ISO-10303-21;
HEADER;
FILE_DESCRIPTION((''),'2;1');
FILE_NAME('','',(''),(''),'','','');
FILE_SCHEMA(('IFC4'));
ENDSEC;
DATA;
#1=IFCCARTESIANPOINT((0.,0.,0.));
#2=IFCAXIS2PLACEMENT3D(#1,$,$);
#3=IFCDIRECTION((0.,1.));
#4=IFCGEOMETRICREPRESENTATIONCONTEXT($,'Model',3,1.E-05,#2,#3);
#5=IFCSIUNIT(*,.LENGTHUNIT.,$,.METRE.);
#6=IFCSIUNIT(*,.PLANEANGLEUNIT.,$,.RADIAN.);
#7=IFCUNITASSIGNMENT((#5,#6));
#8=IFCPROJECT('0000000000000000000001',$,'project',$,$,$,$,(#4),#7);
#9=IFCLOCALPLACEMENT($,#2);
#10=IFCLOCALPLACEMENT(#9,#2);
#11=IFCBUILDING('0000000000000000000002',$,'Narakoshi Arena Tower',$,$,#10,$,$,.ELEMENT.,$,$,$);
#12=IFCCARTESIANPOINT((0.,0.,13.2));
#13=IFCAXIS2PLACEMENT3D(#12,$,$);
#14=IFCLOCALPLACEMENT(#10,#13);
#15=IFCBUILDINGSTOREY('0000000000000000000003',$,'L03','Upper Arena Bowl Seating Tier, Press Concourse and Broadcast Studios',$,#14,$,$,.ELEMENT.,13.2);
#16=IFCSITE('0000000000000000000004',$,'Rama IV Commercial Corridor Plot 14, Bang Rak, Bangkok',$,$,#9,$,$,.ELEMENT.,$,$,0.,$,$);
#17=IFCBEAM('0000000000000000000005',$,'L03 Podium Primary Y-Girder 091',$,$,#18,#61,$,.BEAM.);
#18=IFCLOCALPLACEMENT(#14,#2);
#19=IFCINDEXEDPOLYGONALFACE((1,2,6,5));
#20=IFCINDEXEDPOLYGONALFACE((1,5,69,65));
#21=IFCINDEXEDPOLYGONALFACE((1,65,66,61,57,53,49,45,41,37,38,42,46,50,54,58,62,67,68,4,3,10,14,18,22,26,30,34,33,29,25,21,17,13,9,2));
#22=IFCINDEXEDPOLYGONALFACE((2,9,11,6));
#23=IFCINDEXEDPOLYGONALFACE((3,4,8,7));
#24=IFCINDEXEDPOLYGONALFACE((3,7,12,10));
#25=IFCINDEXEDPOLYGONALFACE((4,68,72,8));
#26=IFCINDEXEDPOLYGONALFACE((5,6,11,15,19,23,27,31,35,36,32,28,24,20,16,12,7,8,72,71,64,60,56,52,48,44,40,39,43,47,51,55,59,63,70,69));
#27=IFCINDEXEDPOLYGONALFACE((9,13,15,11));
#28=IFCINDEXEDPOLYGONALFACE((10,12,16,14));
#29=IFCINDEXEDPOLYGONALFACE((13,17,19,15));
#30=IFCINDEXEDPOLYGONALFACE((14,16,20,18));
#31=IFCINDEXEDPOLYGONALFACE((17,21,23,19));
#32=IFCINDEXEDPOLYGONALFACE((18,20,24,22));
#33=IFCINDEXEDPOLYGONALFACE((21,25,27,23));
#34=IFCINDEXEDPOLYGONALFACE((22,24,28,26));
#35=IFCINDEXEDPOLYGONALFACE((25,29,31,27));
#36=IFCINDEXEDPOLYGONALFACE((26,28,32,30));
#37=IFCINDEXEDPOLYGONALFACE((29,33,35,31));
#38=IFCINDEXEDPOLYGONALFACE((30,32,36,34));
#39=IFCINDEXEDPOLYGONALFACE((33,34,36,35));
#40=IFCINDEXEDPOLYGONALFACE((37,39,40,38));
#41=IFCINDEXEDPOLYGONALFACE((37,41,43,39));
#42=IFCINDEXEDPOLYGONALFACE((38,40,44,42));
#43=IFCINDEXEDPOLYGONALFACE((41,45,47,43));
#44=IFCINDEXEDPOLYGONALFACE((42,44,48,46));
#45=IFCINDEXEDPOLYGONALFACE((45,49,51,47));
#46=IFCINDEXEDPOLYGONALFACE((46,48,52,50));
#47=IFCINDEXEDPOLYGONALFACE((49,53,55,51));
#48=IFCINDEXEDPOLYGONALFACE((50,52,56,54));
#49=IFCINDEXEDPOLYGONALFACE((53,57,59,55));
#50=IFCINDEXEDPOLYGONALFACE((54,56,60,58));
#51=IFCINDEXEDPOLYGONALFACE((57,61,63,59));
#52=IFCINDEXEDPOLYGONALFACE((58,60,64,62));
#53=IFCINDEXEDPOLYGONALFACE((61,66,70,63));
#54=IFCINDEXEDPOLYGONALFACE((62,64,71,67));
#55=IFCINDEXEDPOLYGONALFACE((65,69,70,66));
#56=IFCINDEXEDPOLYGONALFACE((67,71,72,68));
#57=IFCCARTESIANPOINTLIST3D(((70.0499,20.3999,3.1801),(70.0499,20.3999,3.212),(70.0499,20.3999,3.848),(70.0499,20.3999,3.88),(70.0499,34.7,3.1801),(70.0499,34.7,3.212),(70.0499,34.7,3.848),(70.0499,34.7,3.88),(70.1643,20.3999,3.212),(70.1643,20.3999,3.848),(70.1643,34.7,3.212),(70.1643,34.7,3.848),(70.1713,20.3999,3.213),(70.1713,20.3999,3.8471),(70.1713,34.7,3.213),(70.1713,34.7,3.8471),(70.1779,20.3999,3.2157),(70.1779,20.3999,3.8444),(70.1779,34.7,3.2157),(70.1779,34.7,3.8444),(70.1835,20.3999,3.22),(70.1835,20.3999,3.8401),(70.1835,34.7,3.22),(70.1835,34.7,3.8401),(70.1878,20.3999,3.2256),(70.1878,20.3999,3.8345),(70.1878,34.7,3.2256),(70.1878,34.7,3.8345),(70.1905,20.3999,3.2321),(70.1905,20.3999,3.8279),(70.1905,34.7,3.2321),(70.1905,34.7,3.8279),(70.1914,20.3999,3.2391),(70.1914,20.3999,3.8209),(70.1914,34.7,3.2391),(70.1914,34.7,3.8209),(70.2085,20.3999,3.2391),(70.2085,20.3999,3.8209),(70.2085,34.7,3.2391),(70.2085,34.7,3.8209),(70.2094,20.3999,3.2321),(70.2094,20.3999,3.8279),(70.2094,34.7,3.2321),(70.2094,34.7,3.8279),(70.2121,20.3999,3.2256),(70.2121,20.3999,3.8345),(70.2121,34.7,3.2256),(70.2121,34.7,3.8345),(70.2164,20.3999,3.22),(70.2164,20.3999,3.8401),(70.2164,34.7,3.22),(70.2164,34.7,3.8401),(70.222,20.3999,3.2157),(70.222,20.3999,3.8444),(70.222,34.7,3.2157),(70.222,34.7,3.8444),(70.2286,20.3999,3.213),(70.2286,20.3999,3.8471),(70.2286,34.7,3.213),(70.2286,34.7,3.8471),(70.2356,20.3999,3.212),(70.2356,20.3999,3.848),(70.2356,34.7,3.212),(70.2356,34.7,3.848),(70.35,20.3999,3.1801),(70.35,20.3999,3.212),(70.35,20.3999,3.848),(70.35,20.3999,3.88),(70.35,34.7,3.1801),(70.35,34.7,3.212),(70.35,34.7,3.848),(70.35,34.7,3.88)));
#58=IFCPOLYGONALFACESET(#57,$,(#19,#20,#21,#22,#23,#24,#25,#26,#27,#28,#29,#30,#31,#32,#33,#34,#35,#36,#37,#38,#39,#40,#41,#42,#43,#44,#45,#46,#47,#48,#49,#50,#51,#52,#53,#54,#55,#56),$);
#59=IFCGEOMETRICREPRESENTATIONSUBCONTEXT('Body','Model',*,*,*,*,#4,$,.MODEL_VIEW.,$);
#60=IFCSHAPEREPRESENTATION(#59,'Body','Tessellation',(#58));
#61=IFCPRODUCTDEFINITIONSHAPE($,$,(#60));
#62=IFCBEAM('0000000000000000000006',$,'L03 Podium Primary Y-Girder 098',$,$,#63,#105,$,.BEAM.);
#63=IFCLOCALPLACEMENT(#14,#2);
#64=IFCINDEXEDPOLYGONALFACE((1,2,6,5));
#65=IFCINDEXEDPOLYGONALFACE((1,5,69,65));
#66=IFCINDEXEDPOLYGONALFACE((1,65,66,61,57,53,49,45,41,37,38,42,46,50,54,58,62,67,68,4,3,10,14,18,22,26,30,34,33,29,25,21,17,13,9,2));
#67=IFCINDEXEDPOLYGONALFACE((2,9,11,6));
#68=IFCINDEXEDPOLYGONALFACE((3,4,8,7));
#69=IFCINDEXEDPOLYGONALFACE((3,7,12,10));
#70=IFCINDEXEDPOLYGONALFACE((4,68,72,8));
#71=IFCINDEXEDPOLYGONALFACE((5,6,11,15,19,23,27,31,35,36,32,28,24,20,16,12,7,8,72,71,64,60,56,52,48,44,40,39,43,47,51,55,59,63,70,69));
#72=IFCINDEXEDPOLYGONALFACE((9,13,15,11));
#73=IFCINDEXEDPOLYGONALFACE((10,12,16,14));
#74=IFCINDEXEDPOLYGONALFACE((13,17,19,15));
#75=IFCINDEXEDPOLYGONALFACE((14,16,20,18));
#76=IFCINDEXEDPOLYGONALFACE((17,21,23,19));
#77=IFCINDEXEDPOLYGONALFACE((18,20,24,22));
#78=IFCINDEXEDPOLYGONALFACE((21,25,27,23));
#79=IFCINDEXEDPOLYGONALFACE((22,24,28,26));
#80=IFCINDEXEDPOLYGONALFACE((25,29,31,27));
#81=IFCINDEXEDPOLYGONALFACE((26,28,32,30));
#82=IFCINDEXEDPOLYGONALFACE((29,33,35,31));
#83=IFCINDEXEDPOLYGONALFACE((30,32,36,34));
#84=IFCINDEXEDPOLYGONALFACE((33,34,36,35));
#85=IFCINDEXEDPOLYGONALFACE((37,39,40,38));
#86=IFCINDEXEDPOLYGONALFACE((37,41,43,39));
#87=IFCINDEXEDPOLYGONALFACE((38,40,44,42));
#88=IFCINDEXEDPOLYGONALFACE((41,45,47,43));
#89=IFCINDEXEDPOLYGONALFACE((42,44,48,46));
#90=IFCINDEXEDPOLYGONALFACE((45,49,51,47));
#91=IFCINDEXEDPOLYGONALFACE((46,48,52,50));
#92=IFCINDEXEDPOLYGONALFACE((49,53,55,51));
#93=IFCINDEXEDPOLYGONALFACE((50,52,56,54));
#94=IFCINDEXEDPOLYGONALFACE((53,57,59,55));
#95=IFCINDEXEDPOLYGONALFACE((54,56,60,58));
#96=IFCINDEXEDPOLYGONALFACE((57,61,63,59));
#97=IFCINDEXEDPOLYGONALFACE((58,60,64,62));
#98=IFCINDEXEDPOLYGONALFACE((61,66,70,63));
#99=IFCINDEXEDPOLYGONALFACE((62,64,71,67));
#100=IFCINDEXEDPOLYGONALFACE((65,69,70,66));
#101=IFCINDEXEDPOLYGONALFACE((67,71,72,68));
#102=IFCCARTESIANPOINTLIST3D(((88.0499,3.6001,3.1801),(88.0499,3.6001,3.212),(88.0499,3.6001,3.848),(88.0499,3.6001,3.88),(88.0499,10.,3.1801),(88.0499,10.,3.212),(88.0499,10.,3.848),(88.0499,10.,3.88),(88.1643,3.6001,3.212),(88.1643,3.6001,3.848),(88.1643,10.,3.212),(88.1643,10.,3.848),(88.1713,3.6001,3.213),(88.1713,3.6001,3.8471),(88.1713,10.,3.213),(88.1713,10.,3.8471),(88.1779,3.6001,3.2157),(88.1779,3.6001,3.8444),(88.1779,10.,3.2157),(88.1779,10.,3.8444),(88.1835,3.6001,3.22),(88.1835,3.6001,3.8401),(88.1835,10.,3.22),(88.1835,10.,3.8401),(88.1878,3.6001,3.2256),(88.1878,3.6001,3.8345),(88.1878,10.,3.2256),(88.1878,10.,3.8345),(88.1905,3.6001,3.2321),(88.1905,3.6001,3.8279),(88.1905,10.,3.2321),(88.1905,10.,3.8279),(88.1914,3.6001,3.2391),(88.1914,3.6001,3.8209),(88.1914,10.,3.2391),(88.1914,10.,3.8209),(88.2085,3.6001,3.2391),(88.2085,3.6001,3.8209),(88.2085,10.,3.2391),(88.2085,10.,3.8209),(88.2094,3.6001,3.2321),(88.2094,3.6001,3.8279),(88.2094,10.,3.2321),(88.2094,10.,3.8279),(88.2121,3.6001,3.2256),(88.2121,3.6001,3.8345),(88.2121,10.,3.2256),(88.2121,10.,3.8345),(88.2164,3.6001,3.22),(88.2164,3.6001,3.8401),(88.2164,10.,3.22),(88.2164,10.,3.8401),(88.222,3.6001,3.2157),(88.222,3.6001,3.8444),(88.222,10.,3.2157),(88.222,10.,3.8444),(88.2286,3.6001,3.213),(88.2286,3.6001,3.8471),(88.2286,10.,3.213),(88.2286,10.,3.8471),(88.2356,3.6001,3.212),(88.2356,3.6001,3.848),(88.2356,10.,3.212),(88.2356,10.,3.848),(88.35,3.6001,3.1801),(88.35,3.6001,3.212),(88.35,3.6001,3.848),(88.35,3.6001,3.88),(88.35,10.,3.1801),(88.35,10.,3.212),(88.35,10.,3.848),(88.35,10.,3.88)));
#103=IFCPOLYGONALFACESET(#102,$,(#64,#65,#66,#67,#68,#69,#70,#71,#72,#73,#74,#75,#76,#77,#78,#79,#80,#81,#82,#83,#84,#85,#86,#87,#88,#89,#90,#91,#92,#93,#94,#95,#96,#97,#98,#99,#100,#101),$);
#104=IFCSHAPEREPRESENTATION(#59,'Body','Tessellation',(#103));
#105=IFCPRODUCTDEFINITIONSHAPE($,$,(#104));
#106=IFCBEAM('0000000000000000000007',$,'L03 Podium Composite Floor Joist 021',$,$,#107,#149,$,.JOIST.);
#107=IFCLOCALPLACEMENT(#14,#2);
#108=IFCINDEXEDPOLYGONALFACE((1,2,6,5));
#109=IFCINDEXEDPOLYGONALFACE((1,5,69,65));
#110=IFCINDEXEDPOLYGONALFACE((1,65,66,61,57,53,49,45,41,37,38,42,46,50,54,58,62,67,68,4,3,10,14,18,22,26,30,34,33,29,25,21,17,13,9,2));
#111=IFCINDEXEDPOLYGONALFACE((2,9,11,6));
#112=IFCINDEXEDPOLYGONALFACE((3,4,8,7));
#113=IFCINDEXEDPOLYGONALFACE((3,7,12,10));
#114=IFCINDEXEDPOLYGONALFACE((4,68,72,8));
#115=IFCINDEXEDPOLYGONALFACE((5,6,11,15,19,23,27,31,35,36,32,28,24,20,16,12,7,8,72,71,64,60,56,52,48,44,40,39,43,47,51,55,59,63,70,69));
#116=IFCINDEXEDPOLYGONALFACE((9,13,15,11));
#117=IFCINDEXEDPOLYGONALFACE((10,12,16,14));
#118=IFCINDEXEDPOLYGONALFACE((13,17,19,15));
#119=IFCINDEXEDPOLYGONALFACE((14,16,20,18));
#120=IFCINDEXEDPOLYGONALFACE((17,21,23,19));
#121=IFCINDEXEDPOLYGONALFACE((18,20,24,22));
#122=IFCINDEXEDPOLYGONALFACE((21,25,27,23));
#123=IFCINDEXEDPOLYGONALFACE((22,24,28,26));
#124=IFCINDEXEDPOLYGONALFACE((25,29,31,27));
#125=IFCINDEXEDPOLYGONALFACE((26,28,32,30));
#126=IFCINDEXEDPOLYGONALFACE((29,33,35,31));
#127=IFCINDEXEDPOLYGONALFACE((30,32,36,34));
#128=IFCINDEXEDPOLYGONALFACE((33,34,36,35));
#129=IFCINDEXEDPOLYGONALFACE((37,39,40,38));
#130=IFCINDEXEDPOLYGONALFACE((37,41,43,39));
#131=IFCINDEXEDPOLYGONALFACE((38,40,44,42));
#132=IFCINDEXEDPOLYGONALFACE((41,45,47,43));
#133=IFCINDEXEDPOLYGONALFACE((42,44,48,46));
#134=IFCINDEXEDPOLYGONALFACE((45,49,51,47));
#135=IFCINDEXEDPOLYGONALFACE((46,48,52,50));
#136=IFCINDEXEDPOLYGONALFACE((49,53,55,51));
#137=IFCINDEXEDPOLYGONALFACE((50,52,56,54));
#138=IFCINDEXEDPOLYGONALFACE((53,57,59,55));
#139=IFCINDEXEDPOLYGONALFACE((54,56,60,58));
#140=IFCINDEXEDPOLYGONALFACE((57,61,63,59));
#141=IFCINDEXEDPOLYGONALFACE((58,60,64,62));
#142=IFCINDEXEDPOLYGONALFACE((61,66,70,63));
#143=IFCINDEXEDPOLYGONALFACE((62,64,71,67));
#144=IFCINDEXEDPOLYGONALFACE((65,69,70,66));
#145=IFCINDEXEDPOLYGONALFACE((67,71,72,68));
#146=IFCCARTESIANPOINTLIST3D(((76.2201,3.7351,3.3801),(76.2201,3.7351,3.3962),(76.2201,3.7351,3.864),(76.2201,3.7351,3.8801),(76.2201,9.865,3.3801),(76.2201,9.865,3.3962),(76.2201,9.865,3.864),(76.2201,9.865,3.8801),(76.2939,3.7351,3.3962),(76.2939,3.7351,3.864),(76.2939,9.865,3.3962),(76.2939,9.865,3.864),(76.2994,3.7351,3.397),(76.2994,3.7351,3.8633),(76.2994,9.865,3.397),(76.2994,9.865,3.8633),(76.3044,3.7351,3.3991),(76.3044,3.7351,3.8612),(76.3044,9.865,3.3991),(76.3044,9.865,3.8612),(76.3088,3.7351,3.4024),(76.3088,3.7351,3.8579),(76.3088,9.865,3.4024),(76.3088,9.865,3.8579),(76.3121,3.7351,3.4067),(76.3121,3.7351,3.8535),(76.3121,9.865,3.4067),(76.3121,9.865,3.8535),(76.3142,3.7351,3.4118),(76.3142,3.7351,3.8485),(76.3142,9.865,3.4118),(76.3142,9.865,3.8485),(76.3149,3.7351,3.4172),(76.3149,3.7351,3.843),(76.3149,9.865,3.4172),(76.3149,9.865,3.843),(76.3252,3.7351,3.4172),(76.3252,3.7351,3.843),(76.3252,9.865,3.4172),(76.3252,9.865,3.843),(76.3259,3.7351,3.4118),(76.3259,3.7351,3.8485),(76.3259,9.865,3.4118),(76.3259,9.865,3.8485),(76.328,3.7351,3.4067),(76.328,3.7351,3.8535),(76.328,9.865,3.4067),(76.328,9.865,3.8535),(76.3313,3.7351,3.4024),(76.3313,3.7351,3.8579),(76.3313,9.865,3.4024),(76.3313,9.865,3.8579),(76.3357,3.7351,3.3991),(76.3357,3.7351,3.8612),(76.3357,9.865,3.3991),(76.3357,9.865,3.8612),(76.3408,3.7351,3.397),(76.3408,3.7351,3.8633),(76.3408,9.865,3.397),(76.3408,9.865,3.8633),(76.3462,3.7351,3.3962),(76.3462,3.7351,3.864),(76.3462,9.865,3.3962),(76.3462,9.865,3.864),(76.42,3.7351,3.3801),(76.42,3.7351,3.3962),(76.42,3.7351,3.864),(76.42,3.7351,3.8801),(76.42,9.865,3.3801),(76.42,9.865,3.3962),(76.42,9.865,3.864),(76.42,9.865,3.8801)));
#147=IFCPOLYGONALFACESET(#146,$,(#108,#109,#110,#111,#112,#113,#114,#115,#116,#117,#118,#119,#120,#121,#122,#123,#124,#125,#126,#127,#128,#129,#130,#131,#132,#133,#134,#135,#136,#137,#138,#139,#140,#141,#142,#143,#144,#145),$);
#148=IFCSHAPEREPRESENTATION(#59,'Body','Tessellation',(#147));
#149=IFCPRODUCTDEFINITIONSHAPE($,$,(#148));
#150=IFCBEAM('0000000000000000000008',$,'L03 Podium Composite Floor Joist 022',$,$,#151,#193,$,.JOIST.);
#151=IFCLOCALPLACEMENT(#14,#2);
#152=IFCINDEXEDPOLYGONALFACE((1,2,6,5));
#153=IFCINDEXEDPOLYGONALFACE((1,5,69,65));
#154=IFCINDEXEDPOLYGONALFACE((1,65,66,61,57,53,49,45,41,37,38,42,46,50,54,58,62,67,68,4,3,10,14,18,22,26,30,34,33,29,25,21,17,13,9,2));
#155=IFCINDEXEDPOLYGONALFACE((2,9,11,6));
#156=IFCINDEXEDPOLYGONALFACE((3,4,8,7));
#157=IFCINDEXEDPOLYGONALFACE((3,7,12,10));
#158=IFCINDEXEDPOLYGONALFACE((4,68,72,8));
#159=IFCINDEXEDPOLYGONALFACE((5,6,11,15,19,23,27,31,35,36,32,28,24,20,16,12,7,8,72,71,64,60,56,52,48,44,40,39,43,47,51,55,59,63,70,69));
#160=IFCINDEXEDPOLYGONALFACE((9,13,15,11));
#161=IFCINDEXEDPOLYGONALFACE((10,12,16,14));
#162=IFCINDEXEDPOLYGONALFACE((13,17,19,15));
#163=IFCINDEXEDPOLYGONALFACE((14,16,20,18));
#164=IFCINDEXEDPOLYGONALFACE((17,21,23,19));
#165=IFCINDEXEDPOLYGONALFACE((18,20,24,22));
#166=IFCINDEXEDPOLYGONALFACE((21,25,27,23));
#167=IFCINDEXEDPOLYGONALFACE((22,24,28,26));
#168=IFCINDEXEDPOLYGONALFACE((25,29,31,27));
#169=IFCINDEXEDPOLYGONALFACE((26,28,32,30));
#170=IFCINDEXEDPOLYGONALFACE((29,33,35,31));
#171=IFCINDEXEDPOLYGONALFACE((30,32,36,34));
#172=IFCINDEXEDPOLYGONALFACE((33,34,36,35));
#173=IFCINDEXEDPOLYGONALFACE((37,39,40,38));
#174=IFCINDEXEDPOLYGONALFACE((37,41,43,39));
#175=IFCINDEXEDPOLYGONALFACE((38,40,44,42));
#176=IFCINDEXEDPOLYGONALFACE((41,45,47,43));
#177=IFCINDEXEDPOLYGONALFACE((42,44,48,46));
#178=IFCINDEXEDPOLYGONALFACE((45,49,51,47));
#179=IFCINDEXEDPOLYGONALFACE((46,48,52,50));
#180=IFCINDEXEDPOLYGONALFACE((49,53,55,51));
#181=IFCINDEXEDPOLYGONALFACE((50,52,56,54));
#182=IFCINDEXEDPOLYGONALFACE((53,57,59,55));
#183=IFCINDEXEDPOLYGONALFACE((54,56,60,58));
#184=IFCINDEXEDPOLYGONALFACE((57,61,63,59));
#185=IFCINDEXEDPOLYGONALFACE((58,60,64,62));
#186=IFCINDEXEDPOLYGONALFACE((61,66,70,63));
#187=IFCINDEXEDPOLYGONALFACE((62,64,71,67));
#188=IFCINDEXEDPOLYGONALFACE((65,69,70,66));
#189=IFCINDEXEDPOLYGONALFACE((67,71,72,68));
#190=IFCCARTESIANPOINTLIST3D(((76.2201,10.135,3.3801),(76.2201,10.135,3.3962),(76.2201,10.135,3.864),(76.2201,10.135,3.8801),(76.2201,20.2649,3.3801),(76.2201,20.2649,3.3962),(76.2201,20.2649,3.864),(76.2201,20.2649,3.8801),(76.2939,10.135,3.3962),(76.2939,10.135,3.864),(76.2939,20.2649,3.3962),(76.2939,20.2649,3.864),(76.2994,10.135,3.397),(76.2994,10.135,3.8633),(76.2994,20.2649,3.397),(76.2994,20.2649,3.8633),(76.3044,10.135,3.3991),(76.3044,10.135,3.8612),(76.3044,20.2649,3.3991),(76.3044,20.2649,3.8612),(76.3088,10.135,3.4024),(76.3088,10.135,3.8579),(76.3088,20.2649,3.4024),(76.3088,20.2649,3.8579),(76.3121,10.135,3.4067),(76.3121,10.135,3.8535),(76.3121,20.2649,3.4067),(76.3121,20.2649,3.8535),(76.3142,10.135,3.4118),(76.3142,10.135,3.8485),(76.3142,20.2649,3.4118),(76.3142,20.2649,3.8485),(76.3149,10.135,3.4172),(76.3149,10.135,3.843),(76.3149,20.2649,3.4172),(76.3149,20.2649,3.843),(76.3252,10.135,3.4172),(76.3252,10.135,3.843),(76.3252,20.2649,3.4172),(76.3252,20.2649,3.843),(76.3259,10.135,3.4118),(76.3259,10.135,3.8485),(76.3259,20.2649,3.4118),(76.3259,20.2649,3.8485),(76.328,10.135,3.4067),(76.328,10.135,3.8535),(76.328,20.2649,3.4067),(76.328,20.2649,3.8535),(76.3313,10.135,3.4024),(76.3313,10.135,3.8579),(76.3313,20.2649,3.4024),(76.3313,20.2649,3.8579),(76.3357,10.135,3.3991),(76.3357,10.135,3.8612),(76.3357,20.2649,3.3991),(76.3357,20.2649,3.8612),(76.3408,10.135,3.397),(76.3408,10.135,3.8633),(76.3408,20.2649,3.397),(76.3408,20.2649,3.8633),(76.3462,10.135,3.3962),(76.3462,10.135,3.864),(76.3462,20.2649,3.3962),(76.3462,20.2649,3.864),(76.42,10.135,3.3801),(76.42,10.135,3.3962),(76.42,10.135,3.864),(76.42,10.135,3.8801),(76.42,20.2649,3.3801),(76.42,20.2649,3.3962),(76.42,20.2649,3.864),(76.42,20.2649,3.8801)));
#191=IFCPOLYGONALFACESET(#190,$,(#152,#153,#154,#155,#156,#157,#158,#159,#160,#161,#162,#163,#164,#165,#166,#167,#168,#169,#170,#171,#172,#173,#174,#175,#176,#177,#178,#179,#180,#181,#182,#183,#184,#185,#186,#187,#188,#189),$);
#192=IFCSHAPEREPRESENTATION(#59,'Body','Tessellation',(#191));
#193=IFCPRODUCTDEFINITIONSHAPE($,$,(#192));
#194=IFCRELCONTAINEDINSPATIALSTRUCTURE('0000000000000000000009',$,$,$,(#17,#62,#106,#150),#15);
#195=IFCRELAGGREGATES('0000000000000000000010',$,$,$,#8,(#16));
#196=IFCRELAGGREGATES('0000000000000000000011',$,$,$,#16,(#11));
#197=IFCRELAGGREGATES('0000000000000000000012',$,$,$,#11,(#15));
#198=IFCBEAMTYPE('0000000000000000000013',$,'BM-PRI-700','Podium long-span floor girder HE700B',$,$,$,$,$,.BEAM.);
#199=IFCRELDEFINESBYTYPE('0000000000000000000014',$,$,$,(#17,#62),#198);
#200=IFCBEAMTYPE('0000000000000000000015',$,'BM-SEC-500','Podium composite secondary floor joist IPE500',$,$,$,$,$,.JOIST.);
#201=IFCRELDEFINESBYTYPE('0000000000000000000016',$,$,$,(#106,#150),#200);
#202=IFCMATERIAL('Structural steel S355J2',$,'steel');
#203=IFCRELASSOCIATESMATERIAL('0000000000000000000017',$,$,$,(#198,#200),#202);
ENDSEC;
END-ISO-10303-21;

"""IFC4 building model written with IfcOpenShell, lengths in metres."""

from ifc_helpers import new_model, si_unit, direction, frame, origin, origin_2d, place, context, subcontext, project, spatial, i_section, extrude, material, material_profile, profile_set, type_object, element, save


model = new_model("IFC4")

# Units and contexts
model_context = context("Model", 3, precision=1e-05, world=origin(), true_north=direction((0.0, 1.0)))
body_context = subcontext(model_context, "Body", "Model", "MODEL_VIEW")
ifc_project = project(units=[si_unit("LENGTHUNIT", "METRE"), si_unit("PLANEANGLEUNIT", "RADIAN")], contexts=[model_context])

# Site, building, storey
site_placement = place(None, origin())
site = spatial("IfcSite", under=ifc_project, at=site_placement, Name="Rama IV Commercial Corridor Plot 14, Bang Rak, Bangkok", CompositionType="ELEMENT", RefElevation=0.0)
building_placement = place(site_placement, origin())
building = spatial("IfcBuilding", under=site, at=building_placement, Name="Narakoshi Arena Tower", CompositionType="ELEMENT")
storey_placement = place(building_placement, frame((0.0, 0.0, 13.2)))
storey = spatial("IfcBuildingStorey", under=building, at=storey_placement, Name="L03", Description="Upper Arena Bowl Seating Tier, Press Concourse and Broadcast Studios", CompositionType="ELEMENT", Elevation=13.2)

# Beams
ifc_material_1 = material(Name="Structural steel S355J2", Category="steel")
ifc_material_profile_1 = material_profile(ifc_material_1, i_section(OverallWidth=0.3, OverallDepth=0.7, WebThickness=0.0171, FlangeThickness=0.032, FilletRadius=0.0271, at=origin_2d()), Name="HE700B")
ifc_profile_set_1 = profile_set([ifc_material_profile_1], Name="Structural steel S355J2")
beam_type_1 = type_object("IfcBeamType", Name="BM-PRI-700", Description="Podium long-span floor girder HE700B", PredefinedType="BEAM", material=ifc_profile_set_1)
beam_1_placement = place(storey_placement, frame((70.2, 20.3999, 3.53), z_axis=(0.0, 1.0, 0.0), x_axis=(-1.0, 0.0, 0.0)))
element("IfcBeam", 1, at=beam_1_placement, inside=storey, type_object=beam_type_1, Name="L03 Podium Primary Y-Girder 091", PredefinedType="BEAM", context=body_context, shape_type="SweptSolid", body=[
    extrude(i_section(OverallWidth=0.3, OverallDepth=0.7, WebThickness=0.0171, FlangeThickness=0.032, FilletRadius=0.0271, at=origin_2d()), origin(), (0.0, 0.0, 1.0), 14.3),
])
beam_2_placement = place(storey_placement, frame((88.2, 3.6001, 3.53), z_axis=(0.0, 1.0, 0.0), x_axis=(-1.0, 0.0, 0.0)))
element("IfcBeam", 2, at=beam_2_placement, inside=storey, type_object=beam_type_1, Name="L03 Podium Primary Y-Girder 098", PredefinedType="BEAM", context=body_context, shape_type="SweptSolid", body=[
    extrude(i_section(OverallWidth=0.3, OverallDepth=0.7, WebThickness=0.0171, FlangeThickness=0.032, FilletRadius=0.0271, at=origin_2d()), origin(), (0.0, 0.0, 1.0), 6.3999),
])
ifc_material_profile_2 = material_profile(ifc_material_1, i_section(OverallWidth=0.2, OverallDepth=0.5, WebThickness=0.0103, FlangeThickness=0.0161, FilletRadius=0.021, at=origin_2d()), Name="IPE500")
ifc_profile_set_2 = profile_set([ifc_material_profile_2], Name="Structural steel S355J2")
beam_type_2 = type_object("IfcBeamType", Name="BM-SEC-500", Description="Podium composite secondary floor joist IPE500", PredefinedType="JOIST", material=ifc_profile_set_2)
beam_3_placement = place(storey_placement, frame((76.3201, 3.7351, 3.6301), z_axis=(0.0, 1.0, 0.0), x_axis=(-1.0, 0.0, 0.0)))
element("IfcBeam", 3, at=beam_3_placement, inside=storey, type_object=beam_type_2, Name="L03 Podium Composite Floor Joist 021", PredefinedType="JOIST", context=body_context, shape_type="SweptSolid", body=[
    extrude(i_section(OverallWidth=0.2, OverallDepth=0.5, WebThickness=0.0103, FlangeThickness=0.0161, FilletRadius=0.021, at=origin_2d()), origin(), (0.0, 0.0, 1.0), 6.1299),
])
beam_4_placement = place(storey_placement, frame((76.3201, 10.135, 3.6301), z_axis=(0.0, 1.0, 0.0), x_axis=(-1.0, 0.0, 0.0)))
element("IfcBeam", 4, at=beam_4_placement, inside=storey, type_object=beam_type_2, Name="L03 Podium Composite Floor Joist 022", PredefinedType="JOIST", context=body_context, shape_type="SweptSolid", body=[
    extrude(i_section(OverallWidth=0.2, OverallDepth=0.5, WebThickness=0.0103, FlangeThickness=0.0161, FilletRadius=0.021, at=origin_2d()), origin(), (0.0, 0.0, 1.0), 10.1299),
])

save(model, "model.ifc")
